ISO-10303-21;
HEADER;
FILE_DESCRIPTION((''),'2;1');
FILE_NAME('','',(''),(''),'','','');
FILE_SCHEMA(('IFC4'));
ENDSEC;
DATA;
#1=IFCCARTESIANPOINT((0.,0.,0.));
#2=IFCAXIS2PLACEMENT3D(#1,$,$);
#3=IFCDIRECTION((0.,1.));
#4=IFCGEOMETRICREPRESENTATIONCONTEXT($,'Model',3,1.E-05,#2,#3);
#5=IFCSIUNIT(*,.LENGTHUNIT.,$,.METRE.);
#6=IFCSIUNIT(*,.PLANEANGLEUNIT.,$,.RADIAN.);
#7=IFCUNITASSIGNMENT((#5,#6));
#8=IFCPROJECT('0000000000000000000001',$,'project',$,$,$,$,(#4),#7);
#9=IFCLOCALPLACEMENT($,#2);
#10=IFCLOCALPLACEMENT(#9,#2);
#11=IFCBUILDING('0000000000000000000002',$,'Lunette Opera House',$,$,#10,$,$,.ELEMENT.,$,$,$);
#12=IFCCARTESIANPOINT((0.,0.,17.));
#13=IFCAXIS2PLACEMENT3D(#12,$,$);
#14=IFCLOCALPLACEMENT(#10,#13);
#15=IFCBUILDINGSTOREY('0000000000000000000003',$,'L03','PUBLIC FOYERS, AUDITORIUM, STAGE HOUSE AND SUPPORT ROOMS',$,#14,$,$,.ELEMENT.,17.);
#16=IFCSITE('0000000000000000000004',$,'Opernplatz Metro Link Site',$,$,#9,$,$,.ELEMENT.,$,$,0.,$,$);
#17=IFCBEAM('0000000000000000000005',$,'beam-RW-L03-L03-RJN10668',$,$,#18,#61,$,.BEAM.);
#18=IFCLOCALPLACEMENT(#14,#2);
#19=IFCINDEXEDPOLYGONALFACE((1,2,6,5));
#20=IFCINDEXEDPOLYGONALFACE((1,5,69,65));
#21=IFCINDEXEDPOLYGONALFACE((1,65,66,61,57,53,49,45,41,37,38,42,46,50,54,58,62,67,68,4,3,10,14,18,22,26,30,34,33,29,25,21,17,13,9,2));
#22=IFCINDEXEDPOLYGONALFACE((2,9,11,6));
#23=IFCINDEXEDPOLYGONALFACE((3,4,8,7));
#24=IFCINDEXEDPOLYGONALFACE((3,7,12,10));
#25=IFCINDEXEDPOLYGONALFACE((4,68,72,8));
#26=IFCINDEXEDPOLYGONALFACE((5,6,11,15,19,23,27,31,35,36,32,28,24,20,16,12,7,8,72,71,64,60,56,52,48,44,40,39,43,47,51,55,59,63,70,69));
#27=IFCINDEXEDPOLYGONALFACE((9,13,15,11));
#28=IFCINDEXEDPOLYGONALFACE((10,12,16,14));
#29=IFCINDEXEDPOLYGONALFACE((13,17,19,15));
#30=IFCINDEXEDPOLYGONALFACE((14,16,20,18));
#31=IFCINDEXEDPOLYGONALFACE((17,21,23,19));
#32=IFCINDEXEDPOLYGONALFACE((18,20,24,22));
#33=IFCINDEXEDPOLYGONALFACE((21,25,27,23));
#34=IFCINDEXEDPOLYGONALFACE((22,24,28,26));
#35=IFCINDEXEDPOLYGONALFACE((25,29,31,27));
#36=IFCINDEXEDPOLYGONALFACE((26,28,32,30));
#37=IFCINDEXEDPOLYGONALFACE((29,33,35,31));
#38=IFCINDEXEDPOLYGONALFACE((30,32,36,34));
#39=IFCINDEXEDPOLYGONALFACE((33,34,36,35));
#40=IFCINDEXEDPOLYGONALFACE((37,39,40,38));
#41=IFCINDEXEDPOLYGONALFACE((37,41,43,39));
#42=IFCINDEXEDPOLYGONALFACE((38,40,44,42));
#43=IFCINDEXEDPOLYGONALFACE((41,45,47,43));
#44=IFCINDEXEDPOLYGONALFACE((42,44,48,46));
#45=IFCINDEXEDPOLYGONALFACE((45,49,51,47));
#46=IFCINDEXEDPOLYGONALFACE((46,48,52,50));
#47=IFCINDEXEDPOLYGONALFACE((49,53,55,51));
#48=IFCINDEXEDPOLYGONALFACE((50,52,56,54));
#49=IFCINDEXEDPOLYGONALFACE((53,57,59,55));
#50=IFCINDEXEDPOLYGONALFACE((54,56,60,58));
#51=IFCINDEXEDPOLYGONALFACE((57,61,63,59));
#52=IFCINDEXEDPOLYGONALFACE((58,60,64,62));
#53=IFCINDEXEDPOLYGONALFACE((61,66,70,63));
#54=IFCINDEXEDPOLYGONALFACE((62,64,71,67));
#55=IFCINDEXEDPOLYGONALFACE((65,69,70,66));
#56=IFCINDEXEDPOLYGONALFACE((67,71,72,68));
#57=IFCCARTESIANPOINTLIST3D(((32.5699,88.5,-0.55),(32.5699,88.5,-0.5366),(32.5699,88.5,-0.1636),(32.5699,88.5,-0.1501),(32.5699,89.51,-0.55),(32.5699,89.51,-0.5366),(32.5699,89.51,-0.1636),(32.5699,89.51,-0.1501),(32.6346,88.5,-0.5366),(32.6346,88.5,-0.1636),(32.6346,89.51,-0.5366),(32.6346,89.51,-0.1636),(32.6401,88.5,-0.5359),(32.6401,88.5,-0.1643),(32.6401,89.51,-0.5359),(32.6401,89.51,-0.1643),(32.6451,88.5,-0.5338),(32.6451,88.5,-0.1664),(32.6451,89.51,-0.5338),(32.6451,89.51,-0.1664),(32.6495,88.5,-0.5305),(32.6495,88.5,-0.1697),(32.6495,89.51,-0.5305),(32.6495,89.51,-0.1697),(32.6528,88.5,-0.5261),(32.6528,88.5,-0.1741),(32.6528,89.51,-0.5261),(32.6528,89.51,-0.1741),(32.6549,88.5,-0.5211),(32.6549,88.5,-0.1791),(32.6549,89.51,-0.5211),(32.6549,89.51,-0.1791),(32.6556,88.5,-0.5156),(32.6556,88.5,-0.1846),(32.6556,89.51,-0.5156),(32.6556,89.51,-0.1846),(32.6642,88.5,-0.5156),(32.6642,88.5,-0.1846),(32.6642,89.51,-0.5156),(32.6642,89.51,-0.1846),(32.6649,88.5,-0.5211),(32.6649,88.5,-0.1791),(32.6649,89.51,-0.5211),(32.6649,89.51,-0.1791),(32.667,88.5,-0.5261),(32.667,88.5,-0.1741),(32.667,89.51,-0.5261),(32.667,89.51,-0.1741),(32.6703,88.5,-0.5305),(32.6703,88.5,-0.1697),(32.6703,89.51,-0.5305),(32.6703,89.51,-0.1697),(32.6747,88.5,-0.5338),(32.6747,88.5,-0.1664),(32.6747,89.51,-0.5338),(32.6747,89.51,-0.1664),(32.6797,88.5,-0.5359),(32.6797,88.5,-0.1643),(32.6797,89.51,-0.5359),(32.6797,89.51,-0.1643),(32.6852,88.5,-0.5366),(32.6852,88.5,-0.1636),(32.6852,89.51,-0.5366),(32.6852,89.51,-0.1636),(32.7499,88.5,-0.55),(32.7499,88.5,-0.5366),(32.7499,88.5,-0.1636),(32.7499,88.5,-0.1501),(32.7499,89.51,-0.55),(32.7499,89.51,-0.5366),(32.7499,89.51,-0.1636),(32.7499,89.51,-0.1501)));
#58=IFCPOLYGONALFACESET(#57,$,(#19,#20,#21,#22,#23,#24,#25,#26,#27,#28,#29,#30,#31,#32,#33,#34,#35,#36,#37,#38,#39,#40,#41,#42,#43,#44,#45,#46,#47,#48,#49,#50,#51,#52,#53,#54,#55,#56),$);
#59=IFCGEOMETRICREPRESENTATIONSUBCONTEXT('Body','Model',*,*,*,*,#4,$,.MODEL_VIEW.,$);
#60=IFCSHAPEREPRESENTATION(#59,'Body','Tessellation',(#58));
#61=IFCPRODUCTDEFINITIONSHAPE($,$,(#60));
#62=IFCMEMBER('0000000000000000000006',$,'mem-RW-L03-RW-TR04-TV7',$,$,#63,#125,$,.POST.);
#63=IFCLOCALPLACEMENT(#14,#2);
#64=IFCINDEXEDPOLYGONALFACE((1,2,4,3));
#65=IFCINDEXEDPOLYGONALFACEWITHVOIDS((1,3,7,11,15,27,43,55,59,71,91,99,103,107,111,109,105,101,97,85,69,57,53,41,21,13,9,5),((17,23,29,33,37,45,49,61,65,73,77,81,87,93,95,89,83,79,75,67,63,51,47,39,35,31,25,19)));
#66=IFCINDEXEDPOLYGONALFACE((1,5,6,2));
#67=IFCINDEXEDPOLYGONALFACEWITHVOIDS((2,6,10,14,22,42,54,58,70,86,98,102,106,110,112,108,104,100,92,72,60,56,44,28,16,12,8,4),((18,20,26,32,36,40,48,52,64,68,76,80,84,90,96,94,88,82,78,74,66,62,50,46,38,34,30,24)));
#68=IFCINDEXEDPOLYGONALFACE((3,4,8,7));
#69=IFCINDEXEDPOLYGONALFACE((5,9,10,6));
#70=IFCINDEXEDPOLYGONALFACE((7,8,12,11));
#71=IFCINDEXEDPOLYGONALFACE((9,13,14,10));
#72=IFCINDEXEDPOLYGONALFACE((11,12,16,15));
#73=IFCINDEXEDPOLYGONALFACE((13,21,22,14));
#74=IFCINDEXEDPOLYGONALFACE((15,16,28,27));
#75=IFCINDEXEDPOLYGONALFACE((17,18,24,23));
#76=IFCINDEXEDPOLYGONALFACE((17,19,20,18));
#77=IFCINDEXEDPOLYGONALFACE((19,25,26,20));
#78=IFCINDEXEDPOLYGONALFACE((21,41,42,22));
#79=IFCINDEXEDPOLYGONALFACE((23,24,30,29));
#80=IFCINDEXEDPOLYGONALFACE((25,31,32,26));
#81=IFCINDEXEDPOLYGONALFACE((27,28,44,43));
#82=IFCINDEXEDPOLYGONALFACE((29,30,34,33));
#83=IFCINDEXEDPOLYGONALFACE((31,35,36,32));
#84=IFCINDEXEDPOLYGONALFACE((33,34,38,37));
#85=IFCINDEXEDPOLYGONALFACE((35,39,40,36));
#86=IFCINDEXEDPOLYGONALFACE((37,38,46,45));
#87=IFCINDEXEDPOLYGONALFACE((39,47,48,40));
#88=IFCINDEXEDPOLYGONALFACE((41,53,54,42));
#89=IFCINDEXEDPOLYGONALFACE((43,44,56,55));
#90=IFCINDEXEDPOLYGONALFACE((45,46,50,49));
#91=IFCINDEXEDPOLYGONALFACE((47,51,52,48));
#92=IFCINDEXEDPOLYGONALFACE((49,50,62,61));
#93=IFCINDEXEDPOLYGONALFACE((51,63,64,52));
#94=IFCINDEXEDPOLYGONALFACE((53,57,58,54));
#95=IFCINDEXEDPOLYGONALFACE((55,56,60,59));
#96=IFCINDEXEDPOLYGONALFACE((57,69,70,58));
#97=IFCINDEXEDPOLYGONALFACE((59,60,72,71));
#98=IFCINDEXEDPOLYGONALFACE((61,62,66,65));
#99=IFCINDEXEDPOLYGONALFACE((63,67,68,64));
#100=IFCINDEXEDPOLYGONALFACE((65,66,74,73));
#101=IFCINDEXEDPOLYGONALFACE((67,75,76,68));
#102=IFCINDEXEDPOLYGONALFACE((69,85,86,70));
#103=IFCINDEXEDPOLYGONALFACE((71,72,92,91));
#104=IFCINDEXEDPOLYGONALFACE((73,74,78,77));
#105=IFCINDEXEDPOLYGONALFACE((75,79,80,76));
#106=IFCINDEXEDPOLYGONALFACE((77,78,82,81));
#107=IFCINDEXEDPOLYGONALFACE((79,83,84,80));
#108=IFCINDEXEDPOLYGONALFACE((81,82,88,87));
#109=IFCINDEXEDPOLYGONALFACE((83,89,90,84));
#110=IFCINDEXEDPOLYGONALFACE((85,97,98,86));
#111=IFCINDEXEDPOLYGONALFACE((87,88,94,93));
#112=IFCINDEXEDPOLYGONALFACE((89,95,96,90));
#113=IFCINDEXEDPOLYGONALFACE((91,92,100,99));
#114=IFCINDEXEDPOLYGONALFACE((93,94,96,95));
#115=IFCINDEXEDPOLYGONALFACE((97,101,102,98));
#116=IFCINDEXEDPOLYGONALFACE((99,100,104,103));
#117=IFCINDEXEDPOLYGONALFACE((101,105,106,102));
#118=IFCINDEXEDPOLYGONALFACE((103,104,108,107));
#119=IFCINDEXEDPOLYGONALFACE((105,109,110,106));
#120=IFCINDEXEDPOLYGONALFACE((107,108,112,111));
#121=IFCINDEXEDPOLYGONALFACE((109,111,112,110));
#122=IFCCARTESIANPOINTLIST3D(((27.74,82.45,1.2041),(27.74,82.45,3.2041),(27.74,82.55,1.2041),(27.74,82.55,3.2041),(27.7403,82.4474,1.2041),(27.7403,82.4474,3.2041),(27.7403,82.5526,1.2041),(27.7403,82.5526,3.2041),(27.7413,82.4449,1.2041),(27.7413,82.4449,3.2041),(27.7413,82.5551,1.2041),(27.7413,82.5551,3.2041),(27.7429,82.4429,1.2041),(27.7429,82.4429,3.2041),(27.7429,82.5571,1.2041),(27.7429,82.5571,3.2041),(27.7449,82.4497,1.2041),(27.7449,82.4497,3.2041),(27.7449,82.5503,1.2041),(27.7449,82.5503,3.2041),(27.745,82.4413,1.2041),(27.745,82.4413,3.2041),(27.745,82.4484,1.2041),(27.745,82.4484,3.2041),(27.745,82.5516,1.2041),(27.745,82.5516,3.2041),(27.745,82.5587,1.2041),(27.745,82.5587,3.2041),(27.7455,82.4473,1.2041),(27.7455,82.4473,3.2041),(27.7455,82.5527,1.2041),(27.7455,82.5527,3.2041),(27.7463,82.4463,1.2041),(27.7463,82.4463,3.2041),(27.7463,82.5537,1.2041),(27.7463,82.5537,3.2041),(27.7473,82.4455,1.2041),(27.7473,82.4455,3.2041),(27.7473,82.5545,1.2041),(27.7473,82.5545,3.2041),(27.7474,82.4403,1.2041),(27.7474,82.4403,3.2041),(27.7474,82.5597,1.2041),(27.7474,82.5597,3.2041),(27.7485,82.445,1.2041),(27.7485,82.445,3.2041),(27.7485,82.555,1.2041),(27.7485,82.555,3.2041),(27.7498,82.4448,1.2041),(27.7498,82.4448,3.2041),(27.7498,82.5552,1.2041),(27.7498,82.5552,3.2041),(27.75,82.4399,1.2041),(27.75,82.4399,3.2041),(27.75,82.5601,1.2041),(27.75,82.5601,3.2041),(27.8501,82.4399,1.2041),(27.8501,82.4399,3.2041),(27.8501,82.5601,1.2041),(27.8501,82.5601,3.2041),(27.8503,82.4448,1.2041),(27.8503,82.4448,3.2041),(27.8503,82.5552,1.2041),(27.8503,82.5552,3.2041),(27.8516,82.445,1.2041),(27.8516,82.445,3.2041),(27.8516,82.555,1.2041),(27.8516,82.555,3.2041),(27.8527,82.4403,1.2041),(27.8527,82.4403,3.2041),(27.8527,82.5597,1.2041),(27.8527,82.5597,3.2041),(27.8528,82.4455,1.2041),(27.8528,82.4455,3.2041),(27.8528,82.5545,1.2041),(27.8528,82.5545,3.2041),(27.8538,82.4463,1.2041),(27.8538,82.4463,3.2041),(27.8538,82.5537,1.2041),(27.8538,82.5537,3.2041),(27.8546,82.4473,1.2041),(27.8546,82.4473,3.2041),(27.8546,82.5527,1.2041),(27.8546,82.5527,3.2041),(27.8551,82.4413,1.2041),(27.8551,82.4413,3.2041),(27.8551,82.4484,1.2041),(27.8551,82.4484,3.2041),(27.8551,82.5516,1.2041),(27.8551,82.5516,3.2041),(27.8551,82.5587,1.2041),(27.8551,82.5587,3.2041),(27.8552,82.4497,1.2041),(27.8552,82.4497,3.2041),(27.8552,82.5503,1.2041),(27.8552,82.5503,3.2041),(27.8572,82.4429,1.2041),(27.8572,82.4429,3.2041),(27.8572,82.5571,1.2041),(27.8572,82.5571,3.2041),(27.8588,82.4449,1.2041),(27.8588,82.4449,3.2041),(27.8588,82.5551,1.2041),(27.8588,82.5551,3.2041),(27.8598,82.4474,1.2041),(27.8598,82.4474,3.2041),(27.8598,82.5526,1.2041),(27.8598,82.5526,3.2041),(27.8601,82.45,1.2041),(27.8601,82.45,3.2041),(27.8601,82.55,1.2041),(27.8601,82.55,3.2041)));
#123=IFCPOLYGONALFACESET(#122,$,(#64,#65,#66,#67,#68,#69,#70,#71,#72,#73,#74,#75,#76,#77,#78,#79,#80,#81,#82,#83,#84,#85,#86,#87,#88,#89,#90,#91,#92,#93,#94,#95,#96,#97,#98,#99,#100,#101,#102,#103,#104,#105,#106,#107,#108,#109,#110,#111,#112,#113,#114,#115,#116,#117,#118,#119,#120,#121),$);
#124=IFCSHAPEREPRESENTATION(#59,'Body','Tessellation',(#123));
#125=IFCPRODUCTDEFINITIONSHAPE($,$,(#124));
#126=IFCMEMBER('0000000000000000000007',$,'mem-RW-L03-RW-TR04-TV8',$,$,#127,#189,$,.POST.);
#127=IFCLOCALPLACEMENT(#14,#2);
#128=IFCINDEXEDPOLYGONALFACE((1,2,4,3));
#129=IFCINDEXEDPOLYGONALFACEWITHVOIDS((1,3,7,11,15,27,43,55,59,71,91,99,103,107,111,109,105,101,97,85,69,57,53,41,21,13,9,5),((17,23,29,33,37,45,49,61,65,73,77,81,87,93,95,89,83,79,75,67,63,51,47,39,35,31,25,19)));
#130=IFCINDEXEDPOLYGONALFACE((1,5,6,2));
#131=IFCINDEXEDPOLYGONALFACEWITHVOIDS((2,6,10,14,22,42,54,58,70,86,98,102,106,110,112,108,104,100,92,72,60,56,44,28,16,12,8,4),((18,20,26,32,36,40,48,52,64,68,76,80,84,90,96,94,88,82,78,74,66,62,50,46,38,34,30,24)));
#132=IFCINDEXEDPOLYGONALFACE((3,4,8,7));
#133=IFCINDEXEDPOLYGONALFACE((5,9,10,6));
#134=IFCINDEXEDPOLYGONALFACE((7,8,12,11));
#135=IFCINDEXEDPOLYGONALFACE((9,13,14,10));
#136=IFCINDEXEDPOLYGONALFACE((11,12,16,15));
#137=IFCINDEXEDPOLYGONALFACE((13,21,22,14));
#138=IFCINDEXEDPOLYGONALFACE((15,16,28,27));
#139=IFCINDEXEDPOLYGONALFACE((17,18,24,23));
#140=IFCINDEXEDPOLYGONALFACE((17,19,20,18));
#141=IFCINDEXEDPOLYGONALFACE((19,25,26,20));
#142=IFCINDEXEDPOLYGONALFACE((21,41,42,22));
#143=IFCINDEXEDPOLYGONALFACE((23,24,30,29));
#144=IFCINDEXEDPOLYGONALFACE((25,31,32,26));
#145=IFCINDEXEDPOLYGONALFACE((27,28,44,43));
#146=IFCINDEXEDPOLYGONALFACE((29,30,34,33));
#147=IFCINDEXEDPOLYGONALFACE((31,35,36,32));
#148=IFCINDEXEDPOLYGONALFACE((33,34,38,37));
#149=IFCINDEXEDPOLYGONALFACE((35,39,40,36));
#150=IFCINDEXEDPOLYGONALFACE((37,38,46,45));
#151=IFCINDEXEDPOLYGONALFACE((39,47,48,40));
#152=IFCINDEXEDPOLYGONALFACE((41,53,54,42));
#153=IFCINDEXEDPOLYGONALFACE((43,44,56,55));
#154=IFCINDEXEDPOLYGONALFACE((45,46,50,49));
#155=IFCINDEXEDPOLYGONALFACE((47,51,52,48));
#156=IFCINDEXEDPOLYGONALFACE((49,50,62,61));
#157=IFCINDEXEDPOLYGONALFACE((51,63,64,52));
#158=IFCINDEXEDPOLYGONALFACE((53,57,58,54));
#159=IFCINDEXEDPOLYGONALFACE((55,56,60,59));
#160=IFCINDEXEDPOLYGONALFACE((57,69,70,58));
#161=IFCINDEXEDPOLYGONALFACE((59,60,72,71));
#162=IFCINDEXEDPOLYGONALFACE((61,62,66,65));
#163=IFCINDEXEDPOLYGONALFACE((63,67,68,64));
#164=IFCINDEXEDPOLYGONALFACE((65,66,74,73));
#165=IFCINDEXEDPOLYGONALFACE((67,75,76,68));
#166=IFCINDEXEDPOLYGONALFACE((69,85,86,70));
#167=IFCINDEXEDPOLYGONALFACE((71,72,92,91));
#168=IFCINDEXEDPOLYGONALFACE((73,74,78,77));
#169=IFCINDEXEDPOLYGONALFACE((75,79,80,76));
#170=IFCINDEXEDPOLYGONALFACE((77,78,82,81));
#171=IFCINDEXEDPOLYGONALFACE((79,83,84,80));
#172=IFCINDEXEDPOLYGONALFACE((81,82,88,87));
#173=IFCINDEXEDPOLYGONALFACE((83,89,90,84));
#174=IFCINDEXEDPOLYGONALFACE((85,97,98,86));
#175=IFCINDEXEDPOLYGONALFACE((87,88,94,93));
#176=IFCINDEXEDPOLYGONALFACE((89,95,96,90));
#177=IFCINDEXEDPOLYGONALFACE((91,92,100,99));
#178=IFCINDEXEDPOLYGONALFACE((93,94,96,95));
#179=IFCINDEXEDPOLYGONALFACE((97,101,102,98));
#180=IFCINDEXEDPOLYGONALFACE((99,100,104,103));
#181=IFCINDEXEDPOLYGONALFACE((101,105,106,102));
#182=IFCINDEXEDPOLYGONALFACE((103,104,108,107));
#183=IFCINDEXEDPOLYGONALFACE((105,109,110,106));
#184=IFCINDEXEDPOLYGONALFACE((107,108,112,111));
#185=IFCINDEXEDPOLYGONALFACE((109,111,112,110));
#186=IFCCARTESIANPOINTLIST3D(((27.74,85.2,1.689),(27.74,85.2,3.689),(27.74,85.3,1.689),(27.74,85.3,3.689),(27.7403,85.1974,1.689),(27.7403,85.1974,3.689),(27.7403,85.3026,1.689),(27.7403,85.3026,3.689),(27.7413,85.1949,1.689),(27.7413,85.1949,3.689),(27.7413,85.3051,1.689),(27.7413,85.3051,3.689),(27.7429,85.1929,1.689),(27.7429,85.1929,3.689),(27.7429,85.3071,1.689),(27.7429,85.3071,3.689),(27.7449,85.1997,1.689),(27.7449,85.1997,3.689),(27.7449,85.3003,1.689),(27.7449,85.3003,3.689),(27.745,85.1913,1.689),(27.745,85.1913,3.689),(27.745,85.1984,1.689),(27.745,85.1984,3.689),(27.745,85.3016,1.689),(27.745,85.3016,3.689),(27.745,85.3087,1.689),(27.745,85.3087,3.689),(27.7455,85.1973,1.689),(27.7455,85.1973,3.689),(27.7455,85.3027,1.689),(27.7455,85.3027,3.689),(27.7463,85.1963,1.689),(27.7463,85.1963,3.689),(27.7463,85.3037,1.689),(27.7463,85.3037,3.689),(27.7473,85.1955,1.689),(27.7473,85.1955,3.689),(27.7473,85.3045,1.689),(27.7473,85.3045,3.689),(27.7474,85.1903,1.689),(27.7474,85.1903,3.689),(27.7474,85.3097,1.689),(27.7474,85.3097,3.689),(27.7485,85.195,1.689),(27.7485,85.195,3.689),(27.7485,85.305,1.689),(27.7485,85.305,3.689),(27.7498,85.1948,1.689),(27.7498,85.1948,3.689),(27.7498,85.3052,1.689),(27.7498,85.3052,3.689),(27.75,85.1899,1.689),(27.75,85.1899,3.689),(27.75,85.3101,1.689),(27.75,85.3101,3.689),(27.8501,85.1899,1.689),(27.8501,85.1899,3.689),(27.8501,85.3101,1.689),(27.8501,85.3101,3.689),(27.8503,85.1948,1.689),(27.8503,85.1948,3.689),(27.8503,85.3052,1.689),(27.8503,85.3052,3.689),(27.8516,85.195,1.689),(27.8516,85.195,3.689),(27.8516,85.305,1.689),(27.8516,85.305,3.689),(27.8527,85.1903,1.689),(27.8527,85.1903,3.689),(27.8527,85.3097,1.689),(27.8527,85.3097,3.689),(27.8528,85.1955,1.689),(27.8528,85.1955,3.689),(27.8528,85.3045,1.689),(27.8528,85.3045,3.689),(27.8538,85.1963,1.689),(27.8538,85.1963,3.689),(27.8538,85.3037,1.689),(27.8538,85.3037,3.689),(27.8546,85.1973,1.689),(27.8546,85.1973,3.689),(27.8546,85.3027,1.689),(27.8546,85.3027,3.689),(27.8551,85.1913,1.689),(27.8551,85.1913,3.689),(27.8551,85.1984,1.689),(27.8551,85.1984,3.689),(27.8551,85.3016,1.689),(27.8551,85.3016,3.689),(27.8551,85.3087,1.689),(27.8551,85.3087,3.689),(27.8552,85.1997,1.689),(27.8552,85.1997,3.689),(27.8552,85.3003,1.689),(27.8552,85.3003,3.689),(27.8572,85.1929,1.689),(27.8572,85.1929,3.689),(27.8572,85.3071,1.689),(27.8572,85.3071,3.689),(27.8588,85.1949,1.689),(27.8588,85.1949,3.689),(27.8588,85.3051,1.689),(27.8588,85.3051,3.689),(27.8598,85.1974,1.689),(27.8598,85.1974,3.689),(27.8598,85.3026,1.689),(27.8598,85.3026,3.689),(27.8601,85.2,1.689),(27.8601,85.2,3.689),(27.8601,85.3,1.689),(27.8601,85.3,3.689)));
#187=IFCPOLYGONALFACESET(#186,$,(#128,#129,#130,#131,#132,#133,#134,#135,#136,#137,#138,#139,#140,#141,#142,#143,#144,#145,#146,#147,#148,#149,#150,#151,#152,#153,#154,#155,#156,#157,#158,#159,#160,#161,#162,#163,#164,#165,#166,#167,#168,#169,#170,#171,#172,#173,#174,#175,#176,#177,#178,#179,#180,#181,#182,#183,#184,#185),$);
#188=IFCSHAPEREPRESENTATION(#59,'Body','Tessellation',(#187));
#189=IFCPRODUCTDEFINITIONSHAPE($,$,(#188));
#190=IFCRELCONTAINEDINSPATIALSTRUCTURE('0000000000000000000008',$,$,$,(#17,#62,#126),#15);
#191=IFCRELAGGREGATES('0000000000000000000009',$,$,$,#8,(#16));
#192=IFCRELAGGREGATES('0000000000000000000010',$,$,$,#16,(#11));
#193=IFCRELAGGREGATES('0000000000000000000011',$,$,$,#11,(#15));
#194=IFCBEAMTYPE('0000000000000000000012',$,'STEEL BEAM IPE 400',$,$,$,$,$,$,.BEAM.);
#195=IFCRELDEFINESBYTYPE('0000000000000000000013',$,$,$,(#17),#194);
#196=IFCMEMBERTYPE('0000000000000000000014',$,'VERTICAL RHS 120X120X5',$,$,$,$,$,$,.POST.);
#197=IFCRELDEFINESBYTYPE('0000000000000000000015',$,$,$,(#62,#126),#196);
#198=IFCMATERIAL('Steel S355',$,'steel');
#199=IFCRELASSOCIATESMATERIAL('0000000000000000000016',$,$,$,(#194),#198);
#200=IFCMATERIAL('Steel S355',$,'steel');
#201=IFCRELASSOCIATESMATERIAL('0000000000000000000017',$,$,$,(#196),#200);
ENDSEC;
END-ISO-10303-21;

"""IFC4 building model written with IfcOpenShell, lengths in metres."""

from ifc_helpers import new_model, si_unit, direction, frame, origin, origin_2d, place, context, subcontext, project, spatial, hollow_rectangle, i_section, extrude, material, material_profile, profile_set, type_object, element, save


model = new_model("IFC4")

# Units and contexts
model_context = context("Model", 3, precision=1e-05, world=origin(), true_north=direction((0.0, 1.0)))
body_context = subcontext(model_context, "Body", "Model", "MODEL_VIEW")
ifc_project = project(units=[si_unit("LENGTHUNIT", "METRE"), si_unit("PLANEANGLEUNIT", "RADIAN")], contexts=[model_context])

# Site, building, storey
site_placement = place(None, origin())
site = spatial("IfcSite", under=ifc_project, at=site_placement, Name="Opernplatz Metro Link Site", CompositionType="ELEMENT", RefElevation=0.0)
building_placement = place(site_placement, origin())
building = spatial("IfcBuilding", under=site, at=building_placement, Name="Lunette Opera House", CompositionType="ELEMENT")
storey_placement = place(building_placement, frame((0.0, 0.0, 17.0)))
storey = spatial("IfcBuildingStorey", under=building, at=storey_placement, Name="L03", Description="PUBLIC FOYERS, AUDITORIUM, STAGE HOUSE AND SUPPORT ROOMS", CompositionType="ELEMENT", Elevation=17.0)

# Beam
ifc_material_1 = material(Name="Steel S355", Category="steel")
ifc_material_profile_1 = material_profile(ifc_material_1, i_section(OverallWidth=0.1799, OverallDepth=0.3999, WebThickness=0.0085, FlangeThickness=0.0134, FilletRadius=0.021, at=origin_2d()), Name="IPE 400")
ifc_profile_set_1 = profile_set([ifc_material_profile_1], Name="Steel S355")
beam_type_1 = type_object("IfcBeamType", Name="STEEL BEAM IPE 400", PredefinedType="BEAM", material=ifc_profile_set_1)
for number, where, z_axis, x_axis, name in (
    (1, (32.6599, 88.5, -0.3501), (0.0, 1.0, 0.0), (-1.0, 0.0, 0.0), "beam-RW-L03-L03-RJN10668"),
):
    element("IfcBeam", number, at=place(storey_placement, frame(where, z_axis=z_axis, x_axis=x_axis)), inside=storey, type_object=beam_type_1, Name=name, PredefinedType="BEAM", context=body_context, shape_type="SweptSolid", body=[
        extrude(i_section(OverallWidth=0.1799, OverallDepth=0.3999, WebThickness=0.0085, FlangeThickness=0.0134, FilletRadius=0.021, at=origin_2d()), origin(), (0.0, 0.0, 1.0), 1.01),
    ])

# Members
ifc_material_2 = material(Name="Steel S355", Category="steel")
ifc_material_profile_2 = material_profile(ifc_material_2, hollow_rectangle(XDim=0.1201, YDim=0.1201, WallThickness=0.0049, InnerFilletRadius=0.0049, OuterFilletRadius=0.01, at=origin_2d()), Name="RHS 120X120X5")
ifc_profile_set_2 = profile_set([ifc_material_profile_2], Name="Steel S355")
member_type_1 = type_object("IfcMemberType", Name="VERTICAL RHS 120X120X5", PredefinedType="POST", material=ifc_profile_set_2)
for number, where, z_axis, x_axis, name in (
    (2, (27.8, 82.5, 1.2041), (0.0, 0.0, 1.0), (1.0, 0.0, 0.0), "mem-RW-L03-RW-TR04-TV7"),
    (3, (27.8, 85.25, 1.689), (0.0, 0.0, 1.0), (1.0, 0.0, 0.0), "mem-RW-L03-RW-TR04-TV8"),
):
    element("IfcMember", number, at=place(storey_placement, frame(where, z_axis=z_axis, x_axis=x_axis)), inside=storey, type_object=member_type_1, Name=name, PredefinedType="POST", context=body_context, shape_type="SweptSolid", body=[
        extrude(hollow_rectangle(XDim=0.1201, YDim=0.1201, WallThickness=0.0049, InnerFilletRadius=0.0049, OuterFilletRadius=0.01, at=origin_2d()), origin(), (0.0, 0.0, 1.0), 2.0),
    ])

save(model, "model.ifc")
